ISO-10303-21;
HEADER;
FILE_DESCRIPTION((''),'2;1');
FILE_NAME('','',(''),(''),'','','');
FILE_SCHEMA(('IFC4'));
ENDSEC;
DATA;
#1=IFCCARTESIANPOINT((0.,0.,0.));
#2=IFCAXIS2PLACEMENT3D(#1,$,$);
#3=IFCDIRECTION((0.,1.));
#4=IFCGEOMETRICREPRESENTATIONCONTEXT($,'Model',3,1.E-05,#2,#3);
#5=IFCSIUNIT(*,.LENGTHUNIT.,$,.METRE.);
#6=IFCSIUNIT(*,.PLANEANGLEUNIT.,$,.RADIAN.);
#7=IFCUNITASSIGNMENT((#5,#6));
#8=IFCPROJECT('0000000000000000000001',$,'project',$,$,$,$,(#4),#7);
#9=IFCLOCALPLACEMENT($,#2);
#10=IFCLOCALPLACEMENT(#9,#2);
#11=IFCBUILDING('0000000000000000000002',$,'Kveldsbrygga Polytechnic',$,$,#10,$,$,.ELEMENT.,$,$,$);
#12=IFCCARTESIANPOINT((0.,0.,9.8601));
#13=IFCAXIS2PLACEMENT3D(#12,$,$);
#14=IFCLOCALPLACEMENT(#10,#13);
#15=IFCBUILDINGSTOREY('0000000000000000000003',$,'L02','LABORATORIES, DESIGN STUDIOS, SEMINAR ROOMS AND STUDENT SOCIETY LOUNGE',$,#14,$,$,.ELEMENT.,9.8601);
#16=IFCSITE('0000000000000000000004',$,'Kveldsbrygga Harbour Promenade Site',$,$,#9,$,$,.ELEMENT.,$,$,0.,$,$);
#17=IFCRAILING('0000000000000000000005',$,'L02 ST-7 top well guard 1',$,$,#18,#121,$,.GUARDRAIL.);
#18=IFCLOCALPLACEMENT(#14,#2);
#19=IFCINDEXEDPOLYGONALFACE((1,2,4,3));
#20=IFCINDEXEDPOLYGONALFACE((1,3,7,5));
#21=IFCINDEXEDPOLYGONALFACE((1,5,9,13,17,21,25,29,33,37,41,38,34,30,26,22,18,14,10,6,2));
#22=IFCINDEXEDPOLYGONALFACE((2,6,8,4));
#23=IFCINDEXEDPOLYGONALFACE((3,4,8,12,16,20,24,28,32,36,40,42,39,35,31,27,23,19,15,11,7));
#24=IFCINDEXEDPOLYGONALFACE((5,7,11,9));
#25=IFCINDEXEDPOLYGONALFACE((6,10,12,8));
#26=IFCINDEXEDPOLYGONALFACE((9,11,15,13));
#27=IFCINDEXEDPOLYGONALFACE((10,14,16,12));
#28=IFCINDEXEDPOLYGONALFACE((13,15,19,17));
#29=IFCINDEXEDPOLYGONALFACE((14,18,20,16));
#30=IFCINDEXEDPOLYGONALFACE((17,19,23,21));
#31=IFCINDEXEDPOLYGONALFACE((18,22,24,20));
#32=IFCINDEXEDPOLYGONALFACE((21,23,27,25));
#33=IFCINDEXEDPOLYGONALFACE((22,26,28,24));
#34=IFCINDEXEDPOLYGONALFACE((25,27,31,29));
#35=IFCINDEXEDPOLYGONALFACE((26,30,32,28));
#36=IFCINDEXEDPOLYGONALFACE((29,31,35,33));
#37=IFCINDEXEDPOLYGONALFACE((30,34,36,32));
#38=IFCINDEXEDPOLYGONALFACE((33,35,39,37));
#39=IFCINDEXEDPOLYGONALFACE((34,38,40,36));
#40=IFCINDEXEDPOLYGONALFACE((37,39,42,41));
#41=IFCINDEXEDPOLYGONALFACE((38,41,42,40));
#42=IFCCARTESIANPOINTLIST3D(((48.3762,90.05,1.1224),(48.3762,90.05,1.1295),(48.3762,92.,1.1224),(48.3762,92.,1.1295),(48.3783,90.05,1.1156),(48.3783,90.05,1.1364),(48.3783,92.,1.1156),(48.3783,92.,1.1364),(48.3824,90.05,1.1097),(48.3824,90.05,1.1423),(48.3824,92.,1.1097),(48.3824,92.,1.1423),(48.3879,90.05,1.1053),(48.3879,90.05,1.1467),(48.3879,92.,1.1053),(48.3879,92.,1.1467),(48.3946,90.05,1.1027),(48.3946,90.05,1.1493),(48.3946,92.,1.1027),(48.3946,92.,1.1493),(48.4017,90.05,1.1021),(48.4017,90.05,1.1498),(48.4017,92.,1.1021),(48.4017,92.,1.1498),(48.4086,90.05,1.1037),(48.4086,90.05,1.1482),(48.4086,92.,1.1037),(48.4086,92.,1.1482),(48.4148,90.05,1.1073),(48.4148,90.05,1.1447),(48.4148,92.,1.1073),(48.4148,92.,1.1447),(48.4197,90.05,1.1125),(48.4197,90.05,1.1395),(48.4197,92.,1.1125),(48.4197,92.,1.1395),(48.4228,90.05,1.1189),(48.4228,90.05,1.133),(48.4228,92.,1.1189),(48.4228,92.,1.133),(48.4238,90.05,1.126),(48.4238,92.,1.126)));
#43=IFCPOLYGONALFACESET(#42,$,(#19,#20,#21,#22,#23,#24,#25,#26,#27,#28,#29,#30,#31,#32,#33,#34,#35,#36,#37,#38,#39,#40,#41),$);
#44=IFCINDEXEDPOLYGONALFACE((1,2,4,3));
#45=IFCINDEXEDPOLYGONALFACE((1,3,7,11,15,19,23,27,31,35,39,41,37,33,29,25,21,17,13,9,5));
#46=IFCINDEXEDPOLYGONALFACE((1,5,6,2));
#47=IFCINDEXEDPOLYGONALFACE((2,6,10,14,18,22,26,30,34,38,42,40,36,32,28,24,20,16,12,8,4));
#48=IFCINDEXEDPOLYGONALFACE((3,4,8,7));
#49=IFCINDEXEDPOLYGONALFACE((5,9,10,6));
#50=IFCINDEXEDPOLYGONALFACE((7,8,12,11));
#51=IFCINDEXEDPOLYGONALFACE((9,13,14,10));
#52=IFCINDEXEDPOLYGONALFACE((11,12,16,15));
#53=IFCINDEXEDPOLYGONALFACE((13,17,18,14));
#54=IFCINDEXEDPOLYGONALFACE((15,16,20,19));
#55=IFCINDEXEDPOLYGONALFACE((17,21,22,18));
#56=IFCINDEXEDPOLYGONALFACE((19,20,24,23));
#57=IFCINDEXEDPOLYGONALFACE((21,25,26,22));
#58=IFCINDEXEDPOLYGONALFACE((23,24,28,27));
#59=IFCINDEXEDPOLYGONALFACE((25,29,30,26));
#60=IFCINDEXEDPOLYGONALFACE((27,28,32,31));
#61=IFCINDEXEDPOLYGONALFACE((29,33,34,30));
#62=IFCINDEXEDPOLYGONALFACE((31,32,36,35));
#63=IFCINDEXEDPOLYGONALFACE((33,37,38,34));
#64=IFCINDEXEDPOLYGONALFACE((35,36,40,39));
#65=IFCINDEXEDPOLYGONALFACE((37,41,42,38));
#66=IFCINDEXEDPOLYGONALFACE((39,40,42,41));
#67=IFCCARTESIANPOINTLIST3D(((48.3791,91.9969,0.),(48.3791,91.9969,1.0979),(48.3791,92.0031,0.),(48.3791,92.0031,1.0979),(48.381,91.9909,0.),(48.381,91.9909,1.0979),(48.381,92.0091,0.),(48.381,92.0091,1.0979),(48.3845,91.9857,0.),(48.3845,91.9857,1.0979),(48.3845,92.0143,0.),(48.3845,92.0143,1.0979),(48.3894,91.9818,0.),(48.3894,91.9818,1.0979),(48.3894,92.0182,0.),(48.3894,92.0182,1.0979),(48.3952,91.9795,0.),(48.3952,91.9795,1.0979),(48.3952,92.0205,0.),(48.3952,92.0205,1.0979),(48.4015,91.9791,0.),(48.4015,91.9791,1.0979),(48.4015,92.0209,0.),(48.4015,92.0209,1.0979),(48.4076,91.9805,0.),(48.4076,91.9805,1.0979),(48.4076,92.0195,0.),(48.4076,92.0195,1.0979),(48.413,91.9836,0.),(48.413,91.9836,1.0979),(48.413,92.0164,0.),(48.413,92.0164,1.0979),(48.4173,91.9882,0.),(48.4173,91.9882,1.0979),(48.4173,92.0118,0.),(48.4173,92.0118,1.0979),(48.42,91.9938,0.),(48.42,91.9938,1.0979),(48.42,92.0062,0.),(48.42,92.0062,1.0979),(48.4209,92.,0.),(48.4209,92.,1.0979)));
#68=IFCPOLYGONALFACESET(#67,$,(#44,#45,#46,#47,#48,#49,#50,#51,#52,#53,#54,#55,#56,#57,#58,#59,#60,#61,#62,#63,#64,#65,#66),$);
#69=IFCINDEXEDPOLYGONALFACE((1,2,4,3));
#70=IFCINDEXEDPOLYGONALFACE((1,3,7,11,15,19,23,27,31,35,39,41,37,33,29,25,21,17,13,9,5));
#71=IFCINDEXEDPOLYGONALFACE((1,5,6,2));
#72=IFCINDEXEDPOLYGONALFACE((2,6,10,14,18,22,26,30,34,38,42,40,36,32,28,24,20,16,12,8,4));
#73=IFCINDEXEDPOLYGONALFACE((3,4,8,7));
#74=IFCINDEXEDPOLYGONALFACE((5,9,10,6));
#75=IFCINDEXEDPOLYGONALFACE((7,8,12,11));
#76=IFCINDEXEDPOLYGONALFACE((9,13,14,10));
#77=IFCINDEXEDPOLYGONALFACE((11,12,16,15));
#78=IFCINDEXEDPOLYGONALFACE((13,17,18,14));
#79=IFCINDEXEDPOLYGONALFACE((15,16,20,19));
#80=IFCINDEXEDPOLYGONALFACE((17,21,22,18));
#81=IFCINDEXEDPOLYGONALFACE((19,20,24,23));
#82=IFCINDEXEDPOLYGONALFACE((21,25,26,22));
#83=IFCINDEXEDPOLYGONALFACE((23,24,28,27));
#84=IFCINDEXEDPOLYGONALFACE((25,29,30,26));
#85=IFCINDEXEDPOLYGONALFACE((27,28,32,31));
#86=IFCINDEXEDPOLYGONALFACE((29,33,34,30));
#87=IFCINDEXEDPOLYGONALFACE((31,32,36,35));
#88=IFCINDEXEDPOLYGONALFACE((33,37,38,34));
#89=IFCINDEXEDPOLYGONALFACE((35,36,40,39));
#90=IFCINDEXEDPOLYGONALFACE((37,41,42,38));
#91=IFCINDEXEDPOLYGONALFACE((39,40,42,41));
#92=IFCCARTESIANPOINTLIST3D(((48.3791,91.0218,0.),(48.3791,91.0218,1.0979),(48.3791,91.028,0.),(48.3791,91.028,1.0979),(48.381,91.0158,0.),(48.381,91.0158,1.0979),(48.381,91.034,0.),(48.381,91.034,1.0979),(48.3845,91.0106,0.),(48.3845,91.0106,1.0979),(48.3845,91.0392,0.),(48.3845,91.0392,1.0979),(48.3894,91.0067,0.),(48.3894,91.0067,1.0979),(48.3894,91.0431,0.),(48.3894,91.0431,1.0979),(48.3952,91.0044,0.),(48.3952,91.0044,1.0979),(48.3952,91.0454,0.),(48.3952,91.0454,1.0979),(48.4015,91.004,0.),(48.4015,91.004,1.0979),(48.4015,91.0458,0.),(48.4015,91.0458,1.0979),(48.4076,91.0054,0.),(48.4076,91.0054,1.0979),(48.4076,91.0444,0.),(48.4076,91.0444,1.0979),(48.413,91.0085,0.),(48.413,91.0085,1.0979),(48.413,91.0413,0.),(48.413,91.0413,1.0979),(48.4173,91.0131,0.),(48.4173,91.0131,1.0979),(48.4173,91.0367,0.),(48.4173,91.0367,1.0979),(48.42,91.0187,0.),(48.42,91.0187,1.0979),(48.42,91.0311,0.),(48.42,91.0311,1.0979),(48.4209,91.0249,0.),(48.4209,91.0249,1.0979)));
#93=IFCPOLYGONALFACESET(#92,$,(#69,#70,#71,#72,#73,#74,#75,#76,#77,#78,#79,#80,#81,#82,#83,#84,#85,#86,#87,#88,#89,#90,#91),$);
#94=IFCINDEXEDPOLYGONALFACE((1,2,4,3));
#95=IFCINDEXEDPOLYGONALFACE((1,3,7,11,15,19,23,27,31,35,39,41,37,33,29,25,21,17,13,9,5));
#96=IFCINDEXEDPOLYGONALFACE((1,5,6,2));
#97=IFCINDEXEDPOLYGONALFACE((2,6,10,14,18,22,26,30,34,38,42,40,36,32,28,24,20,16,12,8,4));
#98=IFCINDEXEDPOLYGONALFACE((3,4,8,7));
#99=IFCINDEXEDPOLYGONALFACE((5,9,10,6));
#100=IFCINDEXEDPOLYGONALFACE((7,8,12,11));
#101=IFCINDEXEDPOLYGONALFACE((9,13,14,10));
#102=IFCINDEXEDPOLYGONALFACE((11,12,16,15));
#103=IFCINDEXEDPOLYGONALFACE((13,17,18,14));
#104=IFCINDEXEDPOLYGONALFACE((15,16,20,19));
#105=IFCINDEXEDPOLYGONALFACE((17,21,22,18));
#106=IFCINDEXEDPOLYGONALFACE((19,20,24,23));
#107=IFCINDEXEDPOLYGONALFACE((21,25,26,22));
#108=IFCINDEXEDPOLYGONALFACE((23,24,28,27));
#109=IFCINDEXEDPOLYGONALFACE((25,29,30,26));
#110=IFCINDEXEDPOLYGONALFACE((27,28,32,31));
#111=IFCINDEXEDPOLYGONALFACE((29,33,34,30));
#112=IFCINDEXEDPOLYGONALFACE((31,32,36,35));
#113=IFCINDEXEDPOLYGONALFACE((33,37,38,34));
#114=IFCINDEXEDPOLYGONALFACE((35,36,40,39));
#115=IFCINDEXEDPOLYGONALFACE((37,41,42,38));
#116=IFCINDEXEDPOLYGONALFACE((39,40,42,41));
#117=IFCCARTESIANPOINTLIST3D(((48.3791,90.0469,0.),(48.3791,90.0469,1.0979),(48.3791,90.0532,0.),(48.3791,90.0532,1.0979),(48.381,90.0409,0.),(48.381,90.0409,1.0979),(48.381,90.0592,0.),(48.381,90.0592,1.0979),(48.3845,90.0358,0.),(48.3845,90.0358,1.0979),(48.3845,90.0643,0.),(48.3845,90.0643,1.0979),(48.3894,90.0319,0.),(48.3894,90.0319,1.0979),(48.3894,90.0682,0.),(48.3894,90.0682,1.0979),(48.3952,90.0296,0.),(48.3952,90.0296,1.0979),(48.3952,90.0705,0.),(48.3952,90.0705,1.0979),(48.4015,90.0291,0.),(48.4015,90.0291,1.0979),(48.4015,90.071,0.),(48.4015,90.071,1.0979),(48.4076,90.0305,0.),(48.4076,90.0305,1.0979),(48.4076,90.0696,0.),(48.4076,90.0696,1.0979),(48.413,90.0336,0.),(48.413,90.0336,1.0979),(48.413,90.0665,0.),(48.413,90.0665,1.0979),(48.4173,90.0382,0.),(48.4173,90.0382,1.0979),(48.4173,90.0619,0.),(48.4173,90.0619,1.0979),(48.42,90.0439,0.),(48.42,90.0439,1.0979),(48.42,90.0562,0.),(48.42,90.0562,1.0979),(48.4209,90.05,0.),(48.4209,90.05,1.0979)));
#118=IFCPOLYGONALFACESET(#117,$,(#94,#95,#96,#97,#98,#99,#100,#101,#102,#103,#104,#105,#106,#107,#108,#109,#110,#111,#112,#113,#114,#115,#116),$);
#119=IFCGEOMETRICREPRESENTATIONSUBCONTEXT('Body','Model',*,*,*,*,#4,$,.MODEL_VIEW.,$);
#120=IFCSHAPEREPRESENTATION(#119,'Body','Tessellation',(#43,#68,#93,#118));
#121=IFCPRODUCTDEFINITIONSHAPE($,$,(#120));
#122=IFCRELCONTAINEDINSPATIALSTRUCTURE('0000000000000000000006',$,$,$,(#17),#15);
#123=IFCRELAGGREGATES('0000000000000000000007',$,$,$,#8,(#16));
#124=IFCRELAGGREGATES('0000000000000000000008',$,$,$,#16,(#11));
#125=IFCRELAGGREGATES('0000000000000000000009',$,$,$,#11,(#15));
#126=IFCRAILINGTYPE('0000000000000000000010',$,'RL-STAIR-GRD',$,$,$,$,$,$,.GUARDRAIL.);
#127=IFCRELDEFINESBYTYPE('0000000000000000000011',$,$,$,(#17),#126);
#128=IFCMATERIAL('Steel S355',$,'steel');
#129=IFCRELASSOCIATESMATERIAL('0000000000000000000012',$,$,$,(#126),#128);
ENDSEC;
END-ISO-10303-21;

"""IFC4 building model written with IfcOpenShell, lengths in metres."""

from ifc_helpers import new_model, si_unit, direction, frame, origin, origin_2d, place, context, subcontext, project, spatial, circle, extrude, material, type_object, element, save


model = new_model("IFC4")

# Units and contexts
model_context = context("Model", 3, precision=1e-05, world=origin(), true_north=direction((0.0, 1.0)))
body_context = subcontext(model_context, "Body", "Model", "MODEL_VIEW")
ifc_project = project(units=[si_unit("LENGTHUNIT", "METRE"), si_unit("PLANEANGLEUNIT", "RADIAN")], contexts=[model_context])

# Site, building, storey
site_placement = place(None, origin())
site = spatial("IfcSite", under=ifc_project, at=site_placement, Name="Kveldsbrygga Harbour Promenade Site", CompositionType="ELEMENT", RefElevation=0.0)
building_placement = place(site_placement, origin())
building = spatial("IfcBuilding", under=site, at=building_placement, Name="Kveldsbrygga Polytechnic", CompositionType="ELEMENT")
storey_placement = place(building_placement, frame((0.0, 0.0, 9.8601)))
storey = spatial("IfcBuildingStorey", under=building, at=storey_placement, Name="L02", Description="LABORATORIES, DESIGN STUDIOS, SEMINAR ROOMS AND STUDENT SOCIETY LOUNGE", CompositionType="ELEMENT", Elevation=9.8601)

# Shared definitions
ifc_material_1 = material(Name="Steel S355", Category="steel")

# Railing
railing_type = type_object("IfcRailingType", Name="RL-STAIR-GRD", PredefinedType="GUARDRAIL", material=ifc_material_1)
railing_placement = place(storey_placement, frame((48.3999, 92.0, 0.0)))
element("IfcRailing", 1, at=railing_placement, inside=storey, type_object=railing_type, Name="L02 ST-7 top well guard 1", PredefinedType="GUARDRAIL", context=body_context, shape_type="SweptSolid", body=[
    extrude(circle(Radius=0.0239, at=origin_2d()), frame((0.0, 0.0, 1.126), z_axis=(0.0, -1.0, 0.0), x_axis=(1.0, 0.0, 0.0)), (0.0, 0.0, 1.0), 1.95),
    extrude(circle(Radius=0.021, at=origin_2d()), origin(), (0.0, 0.0, 1.0), 1.0979),
    extrude(circle(Radius=0.021, at=origin_2d()), frame((0.0, -0.9751, 0.0)), (0.0, 0.0, 1.0), 1.0979),
    extrude(circle(Radius=0.021, at=origin_2d()), frame((0.0, -1.95, 0.0)), (0.0, 0.0, 1.0), 1.0979),
])

save(model, "model.ifc")
